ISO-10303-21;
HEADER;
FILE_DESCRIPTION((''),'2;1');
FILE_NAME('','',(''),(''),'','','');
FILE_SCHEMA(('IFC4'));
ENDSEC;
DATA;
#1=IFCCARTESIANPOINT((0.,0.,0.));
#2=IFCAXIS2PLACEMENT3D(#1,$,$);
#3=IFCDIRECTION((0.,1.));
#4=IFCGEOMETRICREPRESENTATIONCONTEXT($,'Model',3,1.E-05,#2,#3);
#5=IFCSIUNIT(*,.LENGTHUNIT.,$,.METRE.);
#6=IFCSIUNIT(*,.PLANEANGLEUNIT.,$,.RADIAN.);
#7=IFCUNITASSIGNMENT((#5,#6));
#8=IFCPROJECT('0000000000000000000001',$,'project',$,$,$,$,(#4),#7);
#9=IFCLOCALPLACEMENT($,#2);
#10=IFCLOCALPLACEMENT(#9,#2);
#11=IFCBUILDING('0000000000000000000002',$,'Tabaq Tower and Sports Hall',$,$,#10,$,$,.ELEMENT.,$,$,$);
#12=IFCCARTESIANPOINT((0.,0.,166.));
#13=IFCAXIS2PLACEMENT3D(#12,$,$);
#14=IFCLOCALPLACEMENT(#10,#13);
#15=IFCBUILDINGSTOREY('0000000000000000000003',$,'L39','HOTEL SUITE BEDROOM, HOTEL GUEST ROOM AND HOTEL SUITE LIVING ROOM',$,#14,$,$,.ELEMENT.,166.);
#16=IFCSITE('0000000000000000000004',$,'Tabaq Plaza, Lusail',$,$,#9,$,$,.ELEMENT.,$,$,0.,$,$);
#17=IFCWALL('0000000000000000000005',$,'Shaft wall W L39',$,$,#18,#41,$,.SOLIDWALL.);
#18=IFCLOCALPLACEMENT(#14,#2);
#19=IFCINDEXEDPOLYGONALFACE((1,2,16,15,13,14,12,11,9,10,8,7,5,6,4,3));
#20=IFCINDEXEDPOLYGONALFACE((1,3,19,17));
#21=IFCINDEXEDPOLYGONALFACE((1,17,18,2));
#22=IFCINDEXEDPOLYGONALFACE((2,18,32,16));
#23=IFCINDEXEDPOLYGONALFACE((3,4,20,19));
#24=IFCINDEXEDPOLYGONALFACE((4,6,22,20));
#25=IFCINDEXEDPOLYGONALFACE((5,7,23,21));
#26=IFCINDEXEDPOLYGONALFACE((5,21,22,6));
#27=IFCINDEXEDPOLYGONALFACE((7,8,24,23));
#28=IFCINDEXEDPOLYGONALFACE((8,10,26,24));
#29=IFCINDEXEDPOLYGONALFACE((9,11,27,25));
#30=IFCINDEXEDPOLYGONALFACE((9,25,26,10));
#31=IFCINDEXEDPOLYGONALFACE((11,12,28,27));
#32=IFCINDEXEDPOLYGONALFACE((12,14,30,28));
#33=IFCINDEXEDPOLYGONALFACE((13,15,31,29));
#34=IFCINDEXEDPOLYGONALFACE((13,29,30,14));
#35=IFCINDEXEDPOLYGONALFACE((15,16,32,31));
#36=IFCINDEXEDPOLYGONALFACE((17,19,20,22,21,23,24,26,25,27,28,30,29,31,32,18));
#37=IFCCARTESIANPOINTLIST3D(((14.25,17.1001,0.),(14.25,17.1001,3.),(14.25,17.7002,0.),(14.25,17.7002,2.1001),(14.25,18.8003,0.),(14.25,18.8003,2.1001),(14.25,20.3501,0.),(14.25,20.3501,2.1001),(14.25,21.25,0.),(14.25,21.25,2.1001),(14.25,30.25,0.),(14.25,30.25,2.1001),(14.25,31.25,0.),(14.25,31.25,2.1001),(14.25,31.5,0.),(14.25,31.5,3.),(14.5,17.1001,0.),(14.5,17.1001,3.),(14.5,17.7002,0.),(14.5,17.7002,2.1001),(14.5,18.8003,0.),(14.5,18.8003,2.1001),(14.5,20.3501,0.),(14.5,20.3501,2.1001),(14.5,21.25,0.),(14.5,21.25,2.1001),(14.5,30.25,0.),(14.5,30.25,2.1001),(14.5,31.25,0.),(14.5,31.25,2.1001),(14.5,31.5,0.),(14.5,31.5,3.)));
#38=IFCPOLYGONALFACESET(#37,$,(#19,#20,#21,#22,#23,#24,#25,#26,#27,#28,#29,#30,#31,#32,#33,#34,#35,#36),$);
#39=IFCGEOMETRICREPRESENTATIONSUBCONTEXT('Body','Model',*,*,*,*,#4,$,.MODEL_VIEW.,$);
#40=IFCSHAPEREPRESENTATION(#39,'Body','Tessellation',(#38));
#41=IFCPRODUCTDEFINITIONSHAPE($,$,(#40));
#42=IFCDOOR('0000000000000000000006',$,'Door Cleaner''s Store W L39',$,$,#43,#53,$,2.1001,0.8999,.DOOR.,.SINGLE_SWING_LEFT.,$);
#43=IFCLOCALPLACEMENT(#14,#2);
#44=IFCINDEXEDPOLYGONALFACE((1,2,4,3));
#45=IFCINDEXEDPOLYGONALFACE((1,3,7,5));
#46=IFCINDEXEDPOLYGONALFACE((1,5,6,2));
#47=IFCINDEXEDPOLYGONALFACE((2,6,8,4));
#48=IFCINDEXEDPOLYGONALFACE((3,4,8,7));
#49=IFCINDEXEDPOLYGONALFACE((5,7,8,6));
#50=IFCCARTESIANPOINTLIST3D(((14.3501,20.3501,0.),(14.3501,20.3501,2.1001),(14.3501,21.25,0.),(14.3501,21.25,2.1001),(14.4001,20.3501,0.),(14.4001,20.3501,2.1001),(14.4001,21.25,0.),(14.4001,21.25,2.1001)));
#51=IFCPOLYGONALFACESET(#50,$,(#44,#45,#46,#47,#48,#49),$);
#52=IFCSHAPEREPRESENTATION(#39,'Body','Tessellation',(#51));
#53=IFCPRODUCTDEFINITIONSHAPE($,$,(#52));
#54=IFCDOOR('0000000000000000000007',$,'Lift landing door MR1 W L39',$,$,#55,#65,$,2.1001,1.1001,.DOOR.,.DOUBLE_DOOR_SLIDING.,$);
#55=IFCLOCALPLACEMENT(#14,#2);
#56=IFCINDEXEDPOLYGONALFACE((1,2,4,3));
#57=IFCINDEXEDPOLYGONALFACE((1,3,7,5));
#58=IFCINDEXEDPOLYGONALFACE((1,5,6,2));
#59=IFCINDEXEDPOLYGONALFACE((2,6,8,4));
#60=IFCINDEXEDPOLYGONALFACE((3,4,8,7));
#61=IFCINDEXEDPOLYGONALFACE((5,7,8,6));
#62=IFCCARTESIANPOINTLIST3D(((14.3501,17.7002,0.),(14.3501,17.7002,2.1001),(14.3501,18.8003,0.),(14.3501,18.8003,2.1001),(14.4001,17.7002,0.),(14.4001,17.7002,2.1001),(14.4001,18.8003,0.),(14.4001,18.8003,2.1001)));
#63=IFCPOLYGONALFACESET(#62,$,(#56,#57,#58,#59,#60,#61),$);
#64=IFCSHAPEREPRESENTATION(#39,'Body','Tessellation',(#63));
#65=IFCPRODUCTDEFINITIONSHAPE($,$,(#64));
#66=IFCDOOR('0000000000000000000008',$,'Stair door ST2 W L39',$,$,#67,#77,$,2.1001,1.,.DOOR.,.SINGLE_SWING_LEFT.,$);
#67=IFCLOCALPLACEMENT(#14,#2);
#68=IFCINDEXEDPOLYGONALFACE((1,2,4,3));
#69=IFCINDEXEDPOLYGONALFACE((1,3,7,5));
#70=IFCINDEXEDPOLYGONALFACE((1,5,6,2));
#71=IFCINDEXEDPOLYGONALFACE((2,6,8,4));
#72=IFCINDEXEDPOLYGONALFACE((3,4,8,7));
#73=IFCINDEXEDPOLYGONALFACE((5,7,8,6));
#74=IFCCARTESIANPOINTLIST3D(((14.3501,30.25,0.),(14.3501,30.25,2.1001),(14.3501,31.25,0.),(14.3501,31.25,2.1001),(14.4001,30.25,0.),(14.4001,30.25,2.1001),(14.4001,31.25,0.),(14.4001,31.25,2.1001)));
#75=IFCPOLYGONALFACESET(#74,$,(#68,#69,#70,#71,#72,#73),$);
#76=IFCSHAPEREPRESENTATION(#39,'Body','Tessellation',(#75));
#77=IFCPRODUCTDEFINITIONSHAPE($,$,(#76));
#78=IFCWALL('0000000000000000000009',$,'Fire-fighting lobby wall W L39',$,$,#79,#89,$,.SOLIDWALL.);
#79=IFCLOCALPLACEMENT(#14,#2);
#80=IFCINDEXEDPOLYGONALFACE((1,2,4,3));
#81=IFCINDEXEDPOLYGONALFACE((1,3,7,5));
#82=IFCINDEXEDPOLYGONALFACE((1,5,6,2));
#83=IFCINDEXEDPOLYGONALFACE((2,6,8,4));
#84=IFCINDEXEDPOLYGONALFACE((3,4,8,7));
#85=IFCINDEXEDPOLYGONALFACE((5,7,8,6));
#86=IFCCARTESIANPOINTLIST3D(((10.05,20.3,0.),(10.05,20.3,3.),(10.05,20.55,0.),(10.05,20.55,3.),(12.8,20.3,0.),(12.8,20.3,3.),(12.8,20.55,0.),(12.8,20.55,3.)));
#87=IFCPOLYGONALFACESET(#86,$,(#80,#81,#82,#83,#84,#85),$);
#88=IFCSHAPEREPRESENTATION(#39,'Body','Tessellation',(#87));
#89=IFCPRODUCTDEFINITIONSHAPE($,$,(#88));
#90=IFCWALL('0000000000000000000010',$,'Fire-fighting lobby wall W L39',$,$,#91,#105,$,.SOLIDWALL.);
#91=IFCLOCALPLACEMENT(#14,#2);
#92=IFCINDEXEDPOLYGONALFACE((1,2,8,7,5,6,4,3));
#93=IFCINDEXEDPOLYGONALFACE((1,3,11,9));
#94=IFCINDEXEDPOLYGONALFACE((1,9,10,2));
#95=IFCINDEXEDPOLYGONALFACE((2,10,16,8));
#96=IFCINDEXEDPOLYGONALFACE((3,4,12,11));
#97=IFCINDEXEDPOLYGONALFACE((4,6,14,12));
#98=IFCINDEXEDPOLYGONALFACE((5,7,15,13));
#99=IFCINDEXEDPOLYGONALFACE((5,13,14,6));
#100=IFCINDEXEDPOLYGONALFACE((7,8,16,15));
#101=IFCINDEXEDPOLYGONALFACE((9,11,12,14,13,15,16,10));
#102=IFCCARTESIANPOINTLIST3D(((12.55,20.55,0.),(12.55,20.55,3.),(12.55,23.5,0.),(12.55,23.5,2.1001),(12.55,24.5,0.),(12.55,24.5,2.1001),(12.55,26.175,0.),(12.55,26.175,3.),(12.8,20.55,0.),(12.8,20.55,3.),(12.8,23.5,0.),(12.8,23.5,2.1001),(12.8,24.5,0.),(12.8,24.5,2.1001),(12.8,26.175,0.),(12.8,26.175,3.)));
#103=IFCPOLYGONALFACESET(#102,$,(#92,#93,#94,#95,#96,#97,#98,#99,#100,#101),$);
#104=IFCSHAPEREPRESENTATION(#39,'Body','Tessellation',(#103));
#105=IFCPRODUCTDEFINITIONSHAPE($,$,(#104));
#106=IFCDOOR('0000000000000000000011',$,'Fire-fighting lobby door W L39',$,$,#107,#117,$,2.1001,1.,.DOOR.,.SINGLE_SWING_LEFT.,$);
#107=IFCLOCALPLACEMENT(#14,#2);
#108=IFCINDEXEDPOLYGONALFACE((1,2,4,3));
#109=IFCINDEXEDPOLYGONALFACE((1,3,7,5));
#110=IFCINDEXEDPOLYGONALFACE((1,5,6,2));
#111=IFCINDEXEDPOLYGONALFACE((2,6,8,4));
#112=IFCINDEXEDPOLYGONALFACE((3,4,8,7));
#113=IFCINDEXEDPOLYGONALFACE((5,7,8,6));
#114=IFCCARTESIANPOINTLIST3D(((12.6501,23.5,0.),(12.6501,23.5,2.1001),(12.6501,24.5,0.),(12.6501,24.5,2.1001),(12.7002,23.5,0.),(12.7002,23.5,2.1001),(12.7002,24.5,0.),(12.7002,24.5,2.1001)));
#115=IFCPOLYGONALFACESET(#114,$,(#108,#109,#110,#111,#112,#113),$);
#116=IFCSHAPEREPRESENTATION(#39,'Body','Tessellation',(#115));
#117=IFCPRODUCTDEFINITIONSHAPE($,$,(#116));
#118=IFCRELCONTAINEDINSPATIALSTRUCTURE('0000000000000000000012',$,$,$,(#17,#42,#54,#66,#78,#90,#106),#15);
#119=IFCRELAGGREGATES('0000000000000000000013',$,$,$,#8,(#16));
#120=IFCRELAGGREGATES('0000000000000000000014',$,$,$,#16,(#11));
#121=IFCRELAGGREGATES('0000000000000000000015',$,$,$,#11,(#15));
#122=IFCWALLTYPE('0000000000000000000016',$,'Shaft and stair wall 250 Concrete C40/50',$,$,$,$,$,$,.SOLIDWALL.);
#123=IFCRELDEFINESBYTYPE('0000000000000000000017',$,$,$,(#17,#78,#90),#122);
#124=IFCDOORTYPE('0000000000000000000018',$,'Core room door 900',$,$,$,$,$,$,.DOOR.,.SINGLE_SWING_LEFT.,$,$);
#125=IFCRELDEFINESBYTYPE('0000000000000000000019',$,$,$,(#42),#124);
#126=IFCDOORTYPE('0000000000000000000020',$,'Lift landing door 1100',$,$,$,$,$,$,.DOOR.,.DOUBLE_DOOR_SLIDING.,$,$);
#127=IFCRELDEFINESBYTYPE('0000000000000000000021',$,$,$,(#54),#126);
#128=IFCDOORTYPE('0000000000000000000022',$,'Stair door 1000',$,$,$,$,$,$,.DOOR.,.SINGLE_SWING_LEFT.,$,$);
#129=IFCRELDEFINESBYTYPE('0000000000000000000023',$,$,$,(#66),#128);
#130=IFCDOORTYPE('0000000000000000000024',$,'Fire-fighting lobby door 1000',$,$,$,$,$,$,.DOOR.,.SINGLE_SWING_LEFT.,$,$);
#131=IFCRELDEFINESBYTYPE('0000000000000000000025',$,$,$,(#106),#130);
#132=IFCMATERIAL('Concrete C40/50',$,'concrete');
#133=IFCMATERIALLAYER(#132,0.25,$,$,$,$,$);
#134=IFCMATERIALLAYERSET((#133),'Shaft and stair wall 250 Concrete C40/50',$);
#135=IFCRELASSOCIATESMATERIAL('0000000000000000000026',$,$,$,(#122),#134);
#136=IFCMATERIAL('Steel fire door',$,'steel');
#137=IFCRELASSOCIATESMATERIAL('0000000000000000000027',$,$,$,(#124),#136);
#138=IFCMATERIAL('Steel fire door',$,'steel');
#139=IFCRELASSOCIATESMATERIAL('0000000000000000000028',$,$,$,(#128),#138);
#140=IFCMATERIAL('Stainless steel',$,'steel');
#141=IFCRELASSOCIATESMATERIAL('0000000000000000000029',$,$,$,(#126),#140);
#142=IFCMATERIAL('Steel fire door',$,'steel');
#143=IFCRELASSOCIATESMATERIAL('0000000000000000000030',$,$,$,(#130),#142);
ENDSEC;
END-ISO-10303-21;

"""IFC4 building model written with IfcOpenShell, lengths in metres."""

from ifc_helpers import new_model, si_unit, direction, frame, frame_2d, origin, place, context, subcontext, project, spatial, rectangle, extrude, material, layer, layer_set, type_object, element, fill, save


model = new_model("IFC4")

# Units and contexts
model_context = context("Model", 3, precision=1e-05, world=origin(), true_north=direction((0.0, 1.0)))
body_context = subcontext(model_context, "Body", "Model", "MODEL_VIEW")
ifc_project = project(units=[si_unit("LENGTHUNIT", "METRE"), si_unit("PLANEANGLEUNIT", "RADIAN")], contexts=[model_context])

# Site, building, storey
site_placement = place(None, origin())
site = spatial("IfcSite", under=ifc_project, at=site_placement, Name="Tabaq Plaza, Lusail", CompositionType="ELEMENT", RefElevation=0.0)
building_placement = place(site_placement, origin())
building = spatial("IfcBuilding", under=site, at=building_placement, Name="Tabaq Tower and Sports Hall", CompositionType="ELEMENT")
storey_placement = place(building_placement, frame((0.0, 0.0, 166.0)))
storey = spatial("IfcBuildingStorey", under=building, at=storey_placement, Name="L39", Description="HOTEL SUITE BEDROOM, HOTEL GUEST ROOM AND HOTEL SUITE LIVING ROOM", CompositionType="ELEMENT", Elevation=166.0)

# Wall, openings, doors
ifc_material_1 = material(Name="Concrete C40/50", Category="concrete")
ifc_layer_1 = layer(ifc_material_1, 0.25)
ifc_layer_set_1 = layer_set([ifc_layer_1], Name="Shaft and stair wall 250 Concrete C40/50")
wall_type_1 = type_object("IfcWallType", Name="Shaft and stair wall 250 Concrete C40/50", PredefinedType="SOLIDWALL", material=ifc_layer_set_1)
ifc_material_2 = material(Name="Steel fire door", Category="steel")
door_type_1 = type_object("IfcDoorType", Name="Core room door 900", OperationType="SINGLE_SWING_LEFT", PredefinedType="DOOR", material=ifc_material_2)
ifc_material_3 = material(Name="Steel fire door", Category="steel")
door_type_2 = type_object("IfcDoorType", Name="Stair door 1000", OperationType="SINGLE_SWING_LEFT", PredefinedType="DOOR", material=ifc_material_3)
wall_1_placement = place(storey_placement, frame((14.375, 17.1001, 0.0), z_axis=(0.0, 0.0, 1.0), x_axis=(0.0, 1.0, 0.0)))
wall_1 = element("IfcWall", 1, at=wall_1_placement, inside=storey, type_object=wall_type_1, Name="Shaft wall W L39", PredefinedType="SOLIDWALL", context=body_context, shape_type="SweptSolid", body=[
    extrude(rectangle(XDim=14.3999, YDim=0.25, at=frame_2d((7.2, 0.0))), origin(), (0.0, 0.0, 1.0), 3.0),
])
opening_1_placement = place(wall_1_placement, frame((13.1499, 0.0, 0.0)))
opening_1 = element("IfcOpeningElement", 2, at=opening_1_placement, cuts=wall_1, PredefinedType="OPENING", context=body_context, shape_type="SweptSolid", body=[
    extrude(rectangle(XDim=1.0, YDim=2.1001, at=frame_2d((0.5, 1.05))), frame((0.0, 0.125, 0.0), z_axis=(0.0, -1.0, 0.0), x_axis=(1.0, 0.0, 0.0)), (0.0, 0.0, 1.0), 0.25),
])
opening_2_placement = place(wall_1_placement, frame((0.6001, 0.0, 0.0)))
opening_2 = element("IfcOpeningElement", 3, at=opening_2_placement, cuts=wall_1, PredefinedType="OPENING", context=body_context, shape_type="SweptSolid", body=[
    extrude(rectangle(XDim=1.1001, YDim=2.1001, at=frame_2d((0.55, 1.05))), frame((0.0, 0.125, 0.0), z_axis=(0.0, -1.0, 0.0), x_axis=(1.0, 0.0, 0.0)), (0.0, 0.0, 1.0), 0.25),
])
opening_3_placement = place(wall_1_placement, frame((3.25, 0.0, 0.0)))
opening_3 = element("IfcOpeningElement", 4, at=opening_3_placement, cuts=wall_1, PredefinedType="OPENING", context=body_context, shape_type="SweptSolid", body=[
    extrude(rectangle(XDim=0.8999, YDim=2.1001, at=frame_2d((0.45, 1.05))), frame((0.0, 0.125, 0.0), z_axis=(0.0, -1.0, 0.0), x_axis=(1.0, 0.0, 0.0)), (0.0, 0.0, 1.0), 0.25),
])
door_1_placement = place(opening_3_placement, origin())
door_1 = element("IfcDoor", 5, at=door_1_placement, inside=storey, type_object=door_type_1, Name="Door Cleaner's Store W L39", OperationType="SINGLE_SWING_LEFT", OverallHeight=2.1001, OverallWidth=0.8999, PredefinedType="DOOR", context=body_context, shape_type="SweptSolid", body=[
    extrude(rectangle(XDim=0.8999, YDim=2.1001, at=frame_2d((0.45, 1.05))), frame((0.0, 0.0249, 0.0), z_axis=(0.0, -1.0, 0.0), x_axis=(1.0, 0.0, 0.0)), (0.0, 0.0, 1.0), 0.05),
])
fill(opening_3, door_1)
ifc_material_4 = material(Name="Stainless steel", Category="steel")
door_type_3 = type_object("IfcDoorType", Name="Lift landing door 1100", OperationType="DOUBLE_DOOR_SLIDING", PredefinedType="DOOR", material=ifc_material_4)
door_2_placement = place(opening_2_placement, origin())
door_2 = element("IfcDoor", 6, at=door_2_placement, inside=storey, type_object=door_type_3, Name="Lift landing door MR1 W L39", OperationType="DOUBLE_DOOR_SLIDING", OverallHeight=2.1001, OverallWidth=1.1001, PredefinedType="DOOR", context=body_context, shape_type="SweptSolid", body=[
    extrude(rectangle(XDim=1.1001, YDim=2.1001, at=frame_2d((0.55, 1.05))), frame((0.0, 0.0249, 0.0), z_axis=(0.0, -1.0, 0.0), x_axis=(1.0, 0.0, 0.0)), (0.0, 0.0, 1.0), 0.05),
])
fill(opening_2, door_2)
door_3_placement = place(opening_1_placement, origin())
door_3 = element("IfcDoor", 7, at=door_3_placement, inside=storey, type_object=door_type_2, Name="Stair door ST2 W L39", OperationType="SINGLE_SWING_LEFT", OverallHeight=2.1001, OverallWidth=1.0, PredefinedType="DOOR", context=body_context, shape_type="SweptSolid", body=[
    extrude(rectangle(XDim=1.0, YDim=2.1001, at=frame_2d((0.5, 1.05))), frame((0.0, 0.0249, 0.0), z_axis=(0.0, -1.0, 0.0), x_axis=(1.0, 0.0, 0.0)), (0.0, 0.0, 1.0), 0.05),
])
fill(opening_1, door_3)

# Wall
wall_2_placement = place(storey_placement, frame((10.05, 20.425, 0.0), z_axis=(0.0, 0.0, 1.0), x_axis=(1.0, 0.0, 0.0)))
element("IfcWall", 8, at=wall_2_placement, inside=storey, type_object=wall_type_1, Name="Fire-fighting lobby wall W L39", PredefinedType="SOLIDWALL", context=body_context, shape_type="SweptSolid", body=[
    extrude(rectangle(XDim=2.75, YDim=0.25, at=frame_2d((1.375, 0.0))), origin(), (0.0, 0.0, 1.0), 3.0),
])

# Wall, opening, door
wall_3_placement = place(storey_placement, frame((12.675, 20.55, 0.0), z_axis=(0.0, 0.0, 1.0), x_axis=(0.0, 1.0, 0.0)))
wall_3 = element("IfcWall", 9, at=wall_3_placement, inside=storey, type_object=wall_type_1, Name="Fire-fighting lobby wall W L39", PredefinedType="SOLIDWALL", context=body_context, shape_type="SweptSolid", body=[
    extrude(rectangle(XDim=5.625, YDim=0.25, at=frame_2d((2.8125, 0.0))), origin(), (0.0, 0.0, 1.0), 3.0),
])
opening_4_placement = place(wall_3_placement, frame((2.95, 0.0, 0.0)))
opening_4 = element("IfcOpeningElement", 10, at=opening_4_placement, cuts=wall_3, PredefinedType="OPENING", context=body_context, shape_type="SweptSolid", body=[
    extrude(rectangle(XDim=1.0, YDim=2.1001, at=frame_2d((0.5, 1.05))), frame((0.0, 0.125, 0.0), z_axis=(0.0, -1.0, 0.0), x_axis=(1.0, 0.0, 0.0)), (0.0, 0.0, 1.0), 0.25),
])
ifc_material_5 = material(Name="Steel fire door", Category="steel")
door_type_4 = type_object("IfcDoorType", Name="Fire-fighting lobby door 1000", OperationType="SINGLE_SWING_LEFT", PredefinedType="DOOR", material=ifc_material_5)
door_4_placement = place(opening_4_placement, origin())
door_4 = element("IfcDoor", 11, at=door_4_placement, inside=storey, type_object=door_type_4, Name="Fire-fighting lobby door W L39", OperationType="SINGLE_SWING_LEFT", OverallHeight=2.1001, OverallWidth=1.0, PredefinedType="DOOR", context=body_context, shape_type="SweptSolid", body=[
    extrude(rectangle(XDim=1.0, YDim=2.1001, at=frame_2d((0.5, 1.05))), frame((0.0, 0.0249, 0.0), z_axis=(0.0, -1.0, 0.0), x_axis=(1.0, 0.0, 0.0)), (0.0, 0.0, 1.0), 0.05),
])
fill(opening_4, door_4)

save(model, "model.ifc")
